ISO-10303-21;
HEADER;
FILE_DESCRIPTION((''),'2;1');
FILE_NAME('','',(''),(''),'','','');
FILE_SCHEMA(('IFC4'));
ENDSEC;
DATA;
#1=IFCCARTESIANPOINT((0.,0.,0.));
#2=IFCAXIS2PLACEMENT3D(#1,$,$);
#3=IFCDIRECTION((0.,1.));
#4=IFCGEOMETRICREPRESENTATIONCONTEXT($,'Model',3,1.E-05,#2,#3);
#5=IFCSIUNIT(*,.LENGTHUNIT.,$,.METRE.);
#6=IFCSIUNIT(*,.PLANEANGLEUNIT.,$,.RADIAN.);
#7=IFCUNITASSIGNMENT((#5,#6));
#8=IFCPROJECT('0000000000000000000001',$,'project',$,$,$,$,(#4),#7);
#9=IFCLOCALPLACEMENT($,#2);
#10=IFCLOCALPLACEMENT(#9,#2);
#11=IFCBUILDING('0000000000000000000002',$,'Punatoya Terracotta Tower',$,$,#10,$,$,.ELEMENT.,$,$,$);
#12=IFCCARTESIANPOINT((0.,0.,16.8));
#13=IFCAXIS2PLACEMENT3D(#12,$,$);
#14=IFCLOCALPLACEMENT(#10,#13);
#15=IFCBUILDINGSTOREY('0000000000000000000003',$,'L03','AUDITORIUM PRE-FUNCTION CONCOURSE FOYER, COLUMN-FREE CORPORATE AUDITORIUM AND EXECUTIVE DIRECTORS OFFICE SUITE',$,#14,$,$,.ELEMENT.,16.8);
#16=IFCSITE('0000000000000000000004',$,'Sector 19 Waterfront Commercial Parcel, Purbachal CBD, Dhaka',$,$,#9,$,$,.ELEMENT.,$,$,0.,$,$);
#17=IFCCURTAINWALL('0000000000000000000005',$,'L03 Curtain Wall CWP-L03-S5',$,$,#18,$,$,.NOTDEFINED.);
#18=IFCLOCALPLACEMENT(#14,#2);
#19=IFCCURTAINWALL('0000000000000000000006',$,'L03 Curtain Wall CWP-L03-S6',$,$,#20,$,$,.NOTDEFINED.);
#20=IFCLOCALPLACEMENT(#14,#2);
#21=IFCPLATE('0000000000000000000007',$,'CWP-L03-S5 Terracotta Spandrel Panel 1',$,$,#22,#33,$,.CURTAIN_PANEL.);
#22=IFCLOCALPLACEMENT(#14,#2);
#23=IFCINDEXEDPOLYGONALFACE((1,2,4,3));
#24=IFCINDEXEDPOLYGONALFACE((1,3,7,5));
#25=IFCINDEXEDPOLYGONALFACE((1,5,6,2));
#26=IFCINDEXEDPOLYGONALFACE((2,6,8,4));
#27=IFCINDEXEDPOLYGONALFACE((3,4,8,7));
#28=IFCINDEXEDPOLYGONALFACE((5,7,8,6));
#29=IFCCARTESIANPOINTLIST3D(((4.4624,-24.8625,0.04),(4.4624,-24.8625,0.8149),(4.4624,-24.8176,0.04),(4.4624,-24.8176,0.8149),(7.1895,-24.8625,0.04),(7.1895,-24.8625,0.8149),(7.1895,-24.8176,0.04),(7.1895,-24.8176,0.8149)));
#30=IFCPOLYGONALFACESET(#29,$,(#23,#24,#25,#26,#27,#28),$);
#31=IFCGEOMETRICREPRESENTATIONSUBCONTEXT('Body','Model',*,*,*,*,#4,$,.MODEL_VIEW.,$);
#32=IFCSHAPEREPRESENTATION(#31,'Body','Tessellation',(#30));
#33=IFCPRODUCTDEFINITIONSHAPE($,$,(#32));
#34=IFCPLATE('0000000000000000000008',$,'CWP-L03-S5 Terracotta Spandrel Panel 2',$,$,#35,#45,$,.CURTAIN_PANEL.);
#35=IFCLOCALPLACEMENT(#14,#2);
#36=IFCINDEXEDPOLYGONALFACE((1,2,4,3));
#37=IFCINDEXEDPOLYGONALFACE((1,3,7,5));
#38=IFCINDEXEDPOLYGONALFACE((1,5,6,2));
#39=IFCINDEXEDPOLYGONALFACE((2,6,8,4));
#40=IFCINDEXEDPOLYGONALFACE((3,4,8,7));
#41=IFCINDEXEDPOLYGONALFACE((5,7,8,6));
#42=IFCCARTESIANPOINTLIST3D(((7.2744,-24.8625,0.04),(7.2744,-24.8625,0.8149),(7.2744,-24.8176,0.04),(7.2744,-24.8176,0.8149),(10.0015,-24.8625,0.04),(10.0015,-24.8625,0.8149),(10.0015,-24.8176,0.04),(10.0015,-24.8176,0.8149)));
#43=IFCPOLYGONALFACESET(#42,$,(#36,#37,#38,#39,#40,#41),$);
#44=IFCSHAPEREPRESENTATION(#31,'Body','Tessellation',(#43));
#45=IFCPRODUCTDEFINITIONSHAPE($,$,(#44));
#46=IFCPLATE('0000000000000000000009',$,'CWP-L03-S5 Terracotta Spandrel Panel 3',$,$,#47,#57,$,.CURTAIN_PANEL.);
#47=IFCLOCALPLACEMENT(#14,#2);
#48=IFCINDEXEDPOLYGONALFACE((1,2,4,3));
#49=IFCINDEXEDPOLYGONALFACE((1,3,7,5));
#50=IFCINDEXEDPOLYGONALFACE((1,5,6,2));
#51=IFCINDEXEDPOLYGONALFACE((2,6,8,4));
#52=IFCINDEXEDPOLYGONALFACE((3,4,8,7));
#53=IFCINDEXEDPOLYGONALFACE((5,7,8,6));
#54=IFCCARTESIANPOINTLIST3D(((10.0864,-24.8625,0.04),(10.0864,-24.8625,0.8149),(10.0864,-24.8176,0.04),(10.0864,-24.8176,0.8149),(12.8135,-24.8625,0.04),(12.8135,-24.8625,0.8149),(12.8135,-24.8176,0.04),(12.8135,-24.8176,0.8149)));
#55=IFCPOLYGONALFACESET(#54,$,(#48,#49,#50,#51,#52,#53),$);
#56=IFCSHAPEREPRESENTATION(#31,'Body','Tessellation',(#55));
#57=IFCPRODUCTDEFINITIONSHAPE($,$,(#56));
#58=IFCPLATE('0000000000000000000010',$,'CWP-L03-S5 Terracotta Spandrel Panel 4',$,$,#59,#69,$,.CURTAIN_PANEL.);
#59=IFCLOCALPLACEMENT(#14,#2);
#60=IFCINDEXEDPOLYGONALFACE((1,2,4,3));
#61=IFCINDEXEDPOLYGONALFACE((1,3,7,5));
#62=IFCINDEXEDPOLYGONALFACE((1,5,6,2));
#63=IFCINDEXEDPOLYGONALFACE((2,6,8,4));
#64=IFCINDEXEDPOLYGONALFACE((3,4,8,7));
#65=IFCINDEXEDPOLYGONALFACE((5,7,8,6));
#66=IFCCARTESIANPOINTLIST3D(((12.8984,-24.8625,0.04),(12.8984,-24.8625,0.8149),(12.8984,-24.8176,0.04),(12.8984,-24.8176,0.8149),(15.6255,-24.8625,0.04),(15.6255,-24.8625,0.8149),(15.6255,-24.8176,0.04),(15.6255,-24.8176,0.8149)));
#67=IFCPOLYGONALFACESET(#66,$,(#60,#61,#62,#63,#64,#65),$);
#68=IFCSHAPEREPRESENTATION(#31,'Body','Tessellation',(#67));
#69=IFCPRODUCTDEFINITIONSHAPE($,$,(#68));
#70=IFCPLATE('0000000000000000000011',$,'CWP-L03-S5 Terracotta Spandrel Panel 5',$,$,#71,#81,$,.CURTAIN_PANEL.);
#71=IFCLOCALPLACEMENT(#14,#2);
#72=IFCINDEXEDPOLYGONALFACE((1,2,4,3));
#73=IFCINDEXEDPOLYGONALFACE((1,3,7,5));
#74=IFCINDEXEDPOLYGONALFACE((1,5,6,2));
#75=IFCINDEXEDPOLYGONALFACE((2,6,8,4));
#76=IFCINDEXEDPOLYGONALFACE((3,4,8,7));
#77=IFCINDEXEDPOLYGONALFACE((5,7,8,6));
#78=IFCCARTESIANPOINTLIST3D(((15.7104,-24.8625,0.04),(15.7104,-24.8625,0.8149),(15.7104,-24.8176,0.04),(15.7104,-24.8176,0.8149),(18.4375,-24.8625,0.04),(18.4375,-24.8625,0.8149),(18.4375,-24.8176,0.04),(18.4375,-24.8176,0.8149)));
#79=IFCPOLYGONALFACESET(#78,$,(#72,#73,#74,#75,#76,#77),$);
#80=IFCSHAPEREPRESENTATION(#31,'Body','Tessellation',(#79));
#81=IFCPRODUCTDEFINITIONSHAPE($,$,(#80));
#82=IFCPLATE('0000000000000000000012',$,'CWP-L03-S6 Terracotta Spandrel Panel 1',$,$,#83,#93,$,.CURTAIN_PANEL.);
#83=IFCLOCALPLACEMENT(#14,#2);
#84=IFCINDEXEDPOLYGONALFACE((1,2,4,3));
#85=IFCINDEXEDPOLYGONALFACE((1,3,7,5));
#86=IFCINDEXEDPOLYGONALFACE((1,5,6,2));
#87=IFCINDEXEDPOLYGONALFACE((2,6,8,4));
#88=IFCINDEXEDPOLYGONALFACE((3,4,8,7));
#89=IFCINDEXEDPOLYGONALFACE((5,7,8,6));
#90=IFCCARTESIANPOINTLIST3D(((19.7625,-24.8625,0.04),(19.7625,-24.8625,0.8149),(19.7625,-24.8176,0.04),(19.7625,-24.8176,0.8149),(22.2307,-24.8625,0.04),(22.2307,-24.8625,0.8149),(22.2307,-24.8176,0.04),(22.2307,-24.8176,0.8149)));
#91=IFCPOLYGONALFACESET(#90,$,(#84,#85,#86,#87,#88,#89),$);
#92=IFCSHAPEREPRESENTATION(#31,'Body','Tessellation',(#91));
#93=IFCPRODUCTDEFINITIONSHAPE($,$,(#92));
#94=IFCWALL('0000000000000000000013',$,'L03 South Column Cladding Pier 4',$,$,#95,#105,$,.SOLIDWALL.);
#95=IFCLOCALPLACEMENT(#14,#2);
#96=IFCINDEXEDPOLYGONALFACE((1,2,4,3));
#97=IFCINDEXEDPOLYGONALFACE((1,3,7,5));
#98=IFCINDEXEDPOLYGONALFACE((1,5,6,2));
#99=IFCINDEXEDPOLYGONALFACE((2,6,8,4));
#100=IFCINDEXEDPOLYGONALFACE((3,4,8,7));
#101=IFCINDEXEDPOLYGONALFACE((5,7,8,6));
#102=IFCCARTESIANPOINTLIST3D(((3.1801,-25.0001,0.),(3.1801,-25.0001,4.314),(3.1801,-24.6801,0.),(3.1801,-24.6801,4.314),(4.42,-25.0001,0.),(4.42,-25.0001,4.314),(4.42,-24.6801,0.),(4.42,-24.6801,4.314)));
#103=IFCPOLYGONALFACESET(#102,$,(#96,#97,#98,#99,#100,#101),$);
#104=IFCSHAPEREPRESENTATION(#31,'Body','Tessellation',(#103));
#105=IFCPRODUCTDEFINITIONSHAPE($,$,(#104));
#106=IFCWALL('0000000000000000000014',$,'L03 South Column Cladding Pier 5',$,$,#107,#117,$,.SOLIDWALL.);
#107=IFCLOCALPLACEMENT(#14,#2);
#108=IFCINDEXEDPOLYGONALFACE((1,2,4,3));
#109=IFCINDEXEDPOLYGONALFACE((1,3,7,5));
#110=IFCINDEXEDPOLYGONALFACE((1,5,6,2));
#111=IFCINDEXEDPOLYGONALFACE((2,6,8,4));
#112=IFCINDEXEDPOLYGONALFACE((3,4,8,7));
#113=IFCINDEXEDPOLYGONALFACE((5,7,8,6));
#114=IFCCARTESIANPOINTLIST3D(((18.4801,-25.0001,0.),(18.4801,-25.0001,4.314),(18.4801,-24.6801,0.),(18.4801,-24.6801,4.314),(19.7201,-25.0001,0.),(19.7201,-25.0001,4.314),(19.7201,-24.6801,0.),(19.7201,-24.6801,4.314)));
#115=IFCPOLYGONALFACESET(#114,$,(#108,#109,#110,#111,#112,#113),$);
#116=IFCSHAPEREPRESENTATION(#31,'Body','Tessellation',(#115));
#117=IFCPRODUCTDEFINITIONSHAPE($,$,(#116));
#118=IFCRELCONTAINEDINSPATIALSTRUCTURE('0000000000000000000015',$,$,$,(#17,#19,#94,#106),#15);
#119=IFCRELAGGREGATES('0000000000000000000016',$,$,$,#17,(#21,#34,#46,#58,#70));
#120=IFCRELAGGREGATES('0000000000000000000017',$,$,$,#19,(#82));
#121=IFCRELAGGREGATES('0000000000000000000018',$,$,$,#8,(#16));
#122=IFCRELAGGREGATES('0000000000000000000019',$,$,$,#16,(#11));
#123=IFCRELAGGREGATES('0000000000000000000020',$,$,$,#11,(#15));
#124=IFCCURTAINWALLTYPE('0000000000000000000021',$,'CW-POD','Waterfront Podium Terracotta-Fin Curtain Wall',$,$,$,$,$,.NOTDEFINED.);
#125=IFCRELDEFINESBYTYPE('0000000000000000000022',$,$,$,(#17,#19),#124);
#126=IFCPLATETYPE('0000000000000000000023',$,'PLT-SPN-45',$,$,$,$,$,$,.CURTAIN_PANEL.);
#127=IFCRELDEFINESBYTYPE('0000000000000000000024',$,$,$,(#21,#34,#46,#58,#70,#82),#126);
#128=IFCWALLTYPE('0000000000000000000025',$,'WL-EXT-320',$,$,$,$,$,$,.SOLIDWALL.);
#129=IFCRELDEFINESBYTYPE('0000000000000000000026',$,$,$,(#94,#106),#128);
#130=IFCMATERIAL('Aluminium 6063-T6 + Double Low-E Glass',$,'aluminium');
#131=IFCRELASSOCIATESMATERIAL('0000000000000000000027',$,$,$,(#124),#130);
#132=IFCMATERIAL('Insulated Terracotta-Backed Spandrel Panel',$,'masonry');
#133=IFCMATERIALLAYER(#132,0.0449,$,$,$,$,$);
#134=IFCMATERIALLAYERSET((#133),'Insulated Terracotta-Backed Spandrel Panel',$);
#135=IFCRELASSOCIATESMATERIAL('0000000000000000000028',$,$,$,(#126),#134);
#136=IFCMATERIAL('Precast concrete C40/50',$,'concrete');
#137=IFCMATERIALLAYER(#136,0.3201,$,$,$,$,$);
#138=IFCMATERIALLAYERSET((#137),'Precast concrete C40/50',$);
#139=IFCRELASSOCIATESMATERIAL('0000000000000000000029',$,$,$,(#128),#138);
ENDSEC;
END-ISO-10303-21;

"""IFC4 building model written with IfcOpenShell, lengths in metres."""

from ifc_helpers import new_model, si_unit, direction, frame, frame_2d, origin, origin_2d, place, context, subcontext, project, spatial, rectangle, extrude, material, layer, layer_set, type_object, element, aggregate, save


model = new_model("IFC4")

# Units and contexts
model_context = context("Model", 3, precision=1e-05, world=origin(), true_north=direction((0.0, 1.0)))
body_context = subcontext(model_context, "Body", "Model", "MODEL_VIEW")
ifc_project = project(units=[si_unit("LENGTHUNIT", "METRE"), si_unit("PLANEANGLEUNIT", "RADIAN")], contexts=[model_context])

# Site, building, storey
site_placement = place(None, origin())
site = spatial("IfcSite", under=ifc_project, at=site_placement, Name="Sector 19 Waterfront Commercial Parcel, Purbachal CBD, Dhaka", CompositionType="ELEMENT", RefElevation=0.0)
building_placement = place(site_placement, origin())
building = spatial("IfcBuilding", under=site, at=building_placement, Name="Punatoya Terracotta Tower", CompositionType="ELEMENT")
storey_placement = place(building_placement, frame((0.0, 0.0, 16.8)))
storey = spatial("IfcBuildingStorey", under=building, at=storey_placement, Name="L03", Description="AUDITORIUM PRE-FUNCTION CONCOURSE FOYER, COLUMN-FREE CORPORATE AUDITORIUM AND EXECUTIVE DIRECTORS OFFICE SUITE", CompositionType="ELEMENT", Elevation=16.8)

# Shared definitions
ifc_material_1 = material(Name="Aluminium 6063-T6 + Double Low-E Glass", Category="aluminium")
curtain_wall_type = type_object("IfcCurtainWallType", Name="CW-POD", Description="Waterfront Podium Terracotta-Fin Curtain Wall", PredefinedType="NOTDEFINED", material=ifc_material_1)

# Curtain wall
curtain_wall_1_placement = place(storey_placement, origin())
curtain_wall_1 = element("IfcCurtainWall", 1, at=curtain_wall_1_placement, inside=storey, type_object=curtain_wall_type, Name="L03 Curtain Wall CWP-L03-S5", PredefinedType="NOTDEFINED")

# Curtain wall
curtain_wall_2_placement = place(storey_placement, origin())
curtain_wall_2 = element("IfcCurtainWall", 2, at=curtain_wall_2_placement, inside=storey, type_object=curtain_wall_type, Name="L03 Curtain Wall CWP-L03-S6", PredefinedType="NOTDEFINED")

# Plates
ifc_material_2 = material(Name="Insulated Terracotta-Backed Spandrel Panel", Category="masonry")
ifc_layer_1 = layer(ifc_material_2, 0.0449)
ifc_layer_set_1 = layer_set([ifc_layer_1], Name="Insulated Terracotta-Backed Spandrel Panel")
plate_type_1 = type_object("IfcPlateType", Name="PLT-SPN-45", PredefinedType="CURTAIN_PANEL", material=ifc_layer_set_1)
plate_1_placement = place(storey_placement, frame((5.8259, -24.8401, 0.04), z_axis=(0.0, 0.0, 1.0), x_axis=(1.0, 0.0, 0.0)))
plate_1 = element("IfcPlate", 3, at=plate_1_placement, type_object=plate_type_1, Name="CWP-L03-S5 Terracotta Spandrel Panel 1", PredefinedType="CURTAIN_PANEL", context=body_context, shape_type="SweptSolid", body=[
    extrude(rectangle(XDim=2.7271, YDim=0.0449, at=origin_2d()), origin(), (0.0, 0.0, 1.0), 0.7749),
])
plate_2_placement = place(storey_placement, frame((8.6379, -24.8401, 0.04), z_axis=(0.0, 0.0, 1.0), x_axis=(1.0, 0.0, 0.0)))
plate_2 = element("IfcPlate", 4, at=plate_2_placement, type_object=plate_type_1, Name="CWP-L03-S5 Terracotta Spandrel Panel 2", PredefinedType="CURTAIN_PANEL", context=body_context, shape_type="SweptSolid", body=[
    extrude(rectangle(XDim=2.7271, YDim=0.0449, at=origin_2d()), origin(), (0.0, 0.0, 1.0), 0.7749),
])
plate_3_placement = place(storey_placement, frame((11.45, -24.8401, 0.04), z_axis=(0.0, 0.0, 1.0), x_axis=(1.0, 0.0, 0.0)))
plate_3 = element("IfcPlate", 5, at=plate_3_placement, type_object=plate_type_1, Name="CWP-L03-S5 Terracotta Spandrel Panel 3", PredefinedType="CURTAIN_PANEL", context=body_context, shape_type="SweptSolid", body=[
    extrude(rectangle(XDim=2.7271, YDim=0.0449, at=origin_2d()), origin(), (0.0, 0.0, 1.0), 0.7749),
])
plate_4_placement = place(storey_placement, frame((14.262, -24.8401, 0.04), z_axis=(0.0, 0.0, 1.0), x_axis=(1.0, 0.0, 0.0)))
plate_4 = element("IfcPlate", 6, at=plate_4_placement, type_object=plate_type_1, Name="CWP-L03-S5 Terracotta Spandrel Panel 4", PredefinedType="CURTAIN_PANEL", context=body_context, shape_type="SweptSolid", body=[
    extrude(rectangle(XDim=2.7271, YDim=0.0449, at=origin_2d()), origin(), (0.0, 0.0, 1.0), 0.7749),
])
plate_5_placement = place(storey_placement, frame((17.074, -24.8401, 0.04), z_axis=(0.0, 0.0, 1.0), x_axis=(1.0, 0.0, 0.0)))
plate_5 = element("IfcPlate", 7, at=plate_5_placement, type_object=plate_type_1, Name="CWP-L03-S5 Terracotta Spandrel Panel 5", PredefinedType="CURTAIN_PANEL", context=body_context, shape_type="SweptSolid", body=[
    extrude(rectangle(XDim=2.7271, YDim=0.0449, at=origin_2d()), origin(), (0.0, 0.0, 1.0), 0.7749),
])
aggregate(curtain_wall_1, [plate_1, plate_2, plate_3, plate_4, plate_5])
plate_6_placement = place(storey_placement, frame((20.9966, -24.8401, 0.04), z_axis=(0.0, 0.0, 1.0), x_axis=(1.0, 0.0, 0.0)))
plate_6 = element("IfcPlate", 8, at=plate_6_placement, type_object=plate_type_1, Name="CWP-L03-S6 Terracotta Spandrel Panel 1", PredefinedType="CURTAIN_PANEL", context=body_context, shape_type="SweptSolid", body=[
    extrude(rectangle(XDim=2.4683, YDim=0.0449, at=origin_2d()), origin(), (0.0, 0.0, 1.0), 0.7749),
])
aggregate(curtain_wall_2, [plate_6])

# Walls
ifc_material_3 = material(Name="Precast concrete C40/50", Category="concrete")
ifc_layer_2 = layer(ifc_material_3, 0.3201)
ifc_layer_set_2 = layer_set([ifc_layer_2], Name="Precast concrete C40/50")
wall_type = type_object("IfcWallType", Name="WL-EXT-320", PredefinedType="SOLIDWALL", material=ifc_layer_set_2)
for number, where, z_axis, x_axis, name in (
    (9, (3.1799, -24.8401, 0.0), (0.0, 0.0, 1.0), (1.0, 0.0, 0.0), "L03 South Column Cladding Pier 4"),
    (10, (18.48, -24.8401, 0.0), (0.0, 0.0, 1.0), (1.0, 0.0, 0.0), "L03 South Column Cladding Pier 5"),
):
    element("IfcWall", number, at=place(storey_placement, frame(where, z_axis=z_axis, x_axis=x_axis)), inside=storey, type_object=wall_type, Name=name, PredefinedType="SOLIDWALL", context=body_context, shape_type="SweptSolid", body=[
        extrude(rectangle(XDim=1.24, YDim=0.3201, at=frame_2d((0.6201, 0.0))), origin(), (0.0, 0.0, 1.0), 4.314),
    ])

save(model, "model.ifc")
